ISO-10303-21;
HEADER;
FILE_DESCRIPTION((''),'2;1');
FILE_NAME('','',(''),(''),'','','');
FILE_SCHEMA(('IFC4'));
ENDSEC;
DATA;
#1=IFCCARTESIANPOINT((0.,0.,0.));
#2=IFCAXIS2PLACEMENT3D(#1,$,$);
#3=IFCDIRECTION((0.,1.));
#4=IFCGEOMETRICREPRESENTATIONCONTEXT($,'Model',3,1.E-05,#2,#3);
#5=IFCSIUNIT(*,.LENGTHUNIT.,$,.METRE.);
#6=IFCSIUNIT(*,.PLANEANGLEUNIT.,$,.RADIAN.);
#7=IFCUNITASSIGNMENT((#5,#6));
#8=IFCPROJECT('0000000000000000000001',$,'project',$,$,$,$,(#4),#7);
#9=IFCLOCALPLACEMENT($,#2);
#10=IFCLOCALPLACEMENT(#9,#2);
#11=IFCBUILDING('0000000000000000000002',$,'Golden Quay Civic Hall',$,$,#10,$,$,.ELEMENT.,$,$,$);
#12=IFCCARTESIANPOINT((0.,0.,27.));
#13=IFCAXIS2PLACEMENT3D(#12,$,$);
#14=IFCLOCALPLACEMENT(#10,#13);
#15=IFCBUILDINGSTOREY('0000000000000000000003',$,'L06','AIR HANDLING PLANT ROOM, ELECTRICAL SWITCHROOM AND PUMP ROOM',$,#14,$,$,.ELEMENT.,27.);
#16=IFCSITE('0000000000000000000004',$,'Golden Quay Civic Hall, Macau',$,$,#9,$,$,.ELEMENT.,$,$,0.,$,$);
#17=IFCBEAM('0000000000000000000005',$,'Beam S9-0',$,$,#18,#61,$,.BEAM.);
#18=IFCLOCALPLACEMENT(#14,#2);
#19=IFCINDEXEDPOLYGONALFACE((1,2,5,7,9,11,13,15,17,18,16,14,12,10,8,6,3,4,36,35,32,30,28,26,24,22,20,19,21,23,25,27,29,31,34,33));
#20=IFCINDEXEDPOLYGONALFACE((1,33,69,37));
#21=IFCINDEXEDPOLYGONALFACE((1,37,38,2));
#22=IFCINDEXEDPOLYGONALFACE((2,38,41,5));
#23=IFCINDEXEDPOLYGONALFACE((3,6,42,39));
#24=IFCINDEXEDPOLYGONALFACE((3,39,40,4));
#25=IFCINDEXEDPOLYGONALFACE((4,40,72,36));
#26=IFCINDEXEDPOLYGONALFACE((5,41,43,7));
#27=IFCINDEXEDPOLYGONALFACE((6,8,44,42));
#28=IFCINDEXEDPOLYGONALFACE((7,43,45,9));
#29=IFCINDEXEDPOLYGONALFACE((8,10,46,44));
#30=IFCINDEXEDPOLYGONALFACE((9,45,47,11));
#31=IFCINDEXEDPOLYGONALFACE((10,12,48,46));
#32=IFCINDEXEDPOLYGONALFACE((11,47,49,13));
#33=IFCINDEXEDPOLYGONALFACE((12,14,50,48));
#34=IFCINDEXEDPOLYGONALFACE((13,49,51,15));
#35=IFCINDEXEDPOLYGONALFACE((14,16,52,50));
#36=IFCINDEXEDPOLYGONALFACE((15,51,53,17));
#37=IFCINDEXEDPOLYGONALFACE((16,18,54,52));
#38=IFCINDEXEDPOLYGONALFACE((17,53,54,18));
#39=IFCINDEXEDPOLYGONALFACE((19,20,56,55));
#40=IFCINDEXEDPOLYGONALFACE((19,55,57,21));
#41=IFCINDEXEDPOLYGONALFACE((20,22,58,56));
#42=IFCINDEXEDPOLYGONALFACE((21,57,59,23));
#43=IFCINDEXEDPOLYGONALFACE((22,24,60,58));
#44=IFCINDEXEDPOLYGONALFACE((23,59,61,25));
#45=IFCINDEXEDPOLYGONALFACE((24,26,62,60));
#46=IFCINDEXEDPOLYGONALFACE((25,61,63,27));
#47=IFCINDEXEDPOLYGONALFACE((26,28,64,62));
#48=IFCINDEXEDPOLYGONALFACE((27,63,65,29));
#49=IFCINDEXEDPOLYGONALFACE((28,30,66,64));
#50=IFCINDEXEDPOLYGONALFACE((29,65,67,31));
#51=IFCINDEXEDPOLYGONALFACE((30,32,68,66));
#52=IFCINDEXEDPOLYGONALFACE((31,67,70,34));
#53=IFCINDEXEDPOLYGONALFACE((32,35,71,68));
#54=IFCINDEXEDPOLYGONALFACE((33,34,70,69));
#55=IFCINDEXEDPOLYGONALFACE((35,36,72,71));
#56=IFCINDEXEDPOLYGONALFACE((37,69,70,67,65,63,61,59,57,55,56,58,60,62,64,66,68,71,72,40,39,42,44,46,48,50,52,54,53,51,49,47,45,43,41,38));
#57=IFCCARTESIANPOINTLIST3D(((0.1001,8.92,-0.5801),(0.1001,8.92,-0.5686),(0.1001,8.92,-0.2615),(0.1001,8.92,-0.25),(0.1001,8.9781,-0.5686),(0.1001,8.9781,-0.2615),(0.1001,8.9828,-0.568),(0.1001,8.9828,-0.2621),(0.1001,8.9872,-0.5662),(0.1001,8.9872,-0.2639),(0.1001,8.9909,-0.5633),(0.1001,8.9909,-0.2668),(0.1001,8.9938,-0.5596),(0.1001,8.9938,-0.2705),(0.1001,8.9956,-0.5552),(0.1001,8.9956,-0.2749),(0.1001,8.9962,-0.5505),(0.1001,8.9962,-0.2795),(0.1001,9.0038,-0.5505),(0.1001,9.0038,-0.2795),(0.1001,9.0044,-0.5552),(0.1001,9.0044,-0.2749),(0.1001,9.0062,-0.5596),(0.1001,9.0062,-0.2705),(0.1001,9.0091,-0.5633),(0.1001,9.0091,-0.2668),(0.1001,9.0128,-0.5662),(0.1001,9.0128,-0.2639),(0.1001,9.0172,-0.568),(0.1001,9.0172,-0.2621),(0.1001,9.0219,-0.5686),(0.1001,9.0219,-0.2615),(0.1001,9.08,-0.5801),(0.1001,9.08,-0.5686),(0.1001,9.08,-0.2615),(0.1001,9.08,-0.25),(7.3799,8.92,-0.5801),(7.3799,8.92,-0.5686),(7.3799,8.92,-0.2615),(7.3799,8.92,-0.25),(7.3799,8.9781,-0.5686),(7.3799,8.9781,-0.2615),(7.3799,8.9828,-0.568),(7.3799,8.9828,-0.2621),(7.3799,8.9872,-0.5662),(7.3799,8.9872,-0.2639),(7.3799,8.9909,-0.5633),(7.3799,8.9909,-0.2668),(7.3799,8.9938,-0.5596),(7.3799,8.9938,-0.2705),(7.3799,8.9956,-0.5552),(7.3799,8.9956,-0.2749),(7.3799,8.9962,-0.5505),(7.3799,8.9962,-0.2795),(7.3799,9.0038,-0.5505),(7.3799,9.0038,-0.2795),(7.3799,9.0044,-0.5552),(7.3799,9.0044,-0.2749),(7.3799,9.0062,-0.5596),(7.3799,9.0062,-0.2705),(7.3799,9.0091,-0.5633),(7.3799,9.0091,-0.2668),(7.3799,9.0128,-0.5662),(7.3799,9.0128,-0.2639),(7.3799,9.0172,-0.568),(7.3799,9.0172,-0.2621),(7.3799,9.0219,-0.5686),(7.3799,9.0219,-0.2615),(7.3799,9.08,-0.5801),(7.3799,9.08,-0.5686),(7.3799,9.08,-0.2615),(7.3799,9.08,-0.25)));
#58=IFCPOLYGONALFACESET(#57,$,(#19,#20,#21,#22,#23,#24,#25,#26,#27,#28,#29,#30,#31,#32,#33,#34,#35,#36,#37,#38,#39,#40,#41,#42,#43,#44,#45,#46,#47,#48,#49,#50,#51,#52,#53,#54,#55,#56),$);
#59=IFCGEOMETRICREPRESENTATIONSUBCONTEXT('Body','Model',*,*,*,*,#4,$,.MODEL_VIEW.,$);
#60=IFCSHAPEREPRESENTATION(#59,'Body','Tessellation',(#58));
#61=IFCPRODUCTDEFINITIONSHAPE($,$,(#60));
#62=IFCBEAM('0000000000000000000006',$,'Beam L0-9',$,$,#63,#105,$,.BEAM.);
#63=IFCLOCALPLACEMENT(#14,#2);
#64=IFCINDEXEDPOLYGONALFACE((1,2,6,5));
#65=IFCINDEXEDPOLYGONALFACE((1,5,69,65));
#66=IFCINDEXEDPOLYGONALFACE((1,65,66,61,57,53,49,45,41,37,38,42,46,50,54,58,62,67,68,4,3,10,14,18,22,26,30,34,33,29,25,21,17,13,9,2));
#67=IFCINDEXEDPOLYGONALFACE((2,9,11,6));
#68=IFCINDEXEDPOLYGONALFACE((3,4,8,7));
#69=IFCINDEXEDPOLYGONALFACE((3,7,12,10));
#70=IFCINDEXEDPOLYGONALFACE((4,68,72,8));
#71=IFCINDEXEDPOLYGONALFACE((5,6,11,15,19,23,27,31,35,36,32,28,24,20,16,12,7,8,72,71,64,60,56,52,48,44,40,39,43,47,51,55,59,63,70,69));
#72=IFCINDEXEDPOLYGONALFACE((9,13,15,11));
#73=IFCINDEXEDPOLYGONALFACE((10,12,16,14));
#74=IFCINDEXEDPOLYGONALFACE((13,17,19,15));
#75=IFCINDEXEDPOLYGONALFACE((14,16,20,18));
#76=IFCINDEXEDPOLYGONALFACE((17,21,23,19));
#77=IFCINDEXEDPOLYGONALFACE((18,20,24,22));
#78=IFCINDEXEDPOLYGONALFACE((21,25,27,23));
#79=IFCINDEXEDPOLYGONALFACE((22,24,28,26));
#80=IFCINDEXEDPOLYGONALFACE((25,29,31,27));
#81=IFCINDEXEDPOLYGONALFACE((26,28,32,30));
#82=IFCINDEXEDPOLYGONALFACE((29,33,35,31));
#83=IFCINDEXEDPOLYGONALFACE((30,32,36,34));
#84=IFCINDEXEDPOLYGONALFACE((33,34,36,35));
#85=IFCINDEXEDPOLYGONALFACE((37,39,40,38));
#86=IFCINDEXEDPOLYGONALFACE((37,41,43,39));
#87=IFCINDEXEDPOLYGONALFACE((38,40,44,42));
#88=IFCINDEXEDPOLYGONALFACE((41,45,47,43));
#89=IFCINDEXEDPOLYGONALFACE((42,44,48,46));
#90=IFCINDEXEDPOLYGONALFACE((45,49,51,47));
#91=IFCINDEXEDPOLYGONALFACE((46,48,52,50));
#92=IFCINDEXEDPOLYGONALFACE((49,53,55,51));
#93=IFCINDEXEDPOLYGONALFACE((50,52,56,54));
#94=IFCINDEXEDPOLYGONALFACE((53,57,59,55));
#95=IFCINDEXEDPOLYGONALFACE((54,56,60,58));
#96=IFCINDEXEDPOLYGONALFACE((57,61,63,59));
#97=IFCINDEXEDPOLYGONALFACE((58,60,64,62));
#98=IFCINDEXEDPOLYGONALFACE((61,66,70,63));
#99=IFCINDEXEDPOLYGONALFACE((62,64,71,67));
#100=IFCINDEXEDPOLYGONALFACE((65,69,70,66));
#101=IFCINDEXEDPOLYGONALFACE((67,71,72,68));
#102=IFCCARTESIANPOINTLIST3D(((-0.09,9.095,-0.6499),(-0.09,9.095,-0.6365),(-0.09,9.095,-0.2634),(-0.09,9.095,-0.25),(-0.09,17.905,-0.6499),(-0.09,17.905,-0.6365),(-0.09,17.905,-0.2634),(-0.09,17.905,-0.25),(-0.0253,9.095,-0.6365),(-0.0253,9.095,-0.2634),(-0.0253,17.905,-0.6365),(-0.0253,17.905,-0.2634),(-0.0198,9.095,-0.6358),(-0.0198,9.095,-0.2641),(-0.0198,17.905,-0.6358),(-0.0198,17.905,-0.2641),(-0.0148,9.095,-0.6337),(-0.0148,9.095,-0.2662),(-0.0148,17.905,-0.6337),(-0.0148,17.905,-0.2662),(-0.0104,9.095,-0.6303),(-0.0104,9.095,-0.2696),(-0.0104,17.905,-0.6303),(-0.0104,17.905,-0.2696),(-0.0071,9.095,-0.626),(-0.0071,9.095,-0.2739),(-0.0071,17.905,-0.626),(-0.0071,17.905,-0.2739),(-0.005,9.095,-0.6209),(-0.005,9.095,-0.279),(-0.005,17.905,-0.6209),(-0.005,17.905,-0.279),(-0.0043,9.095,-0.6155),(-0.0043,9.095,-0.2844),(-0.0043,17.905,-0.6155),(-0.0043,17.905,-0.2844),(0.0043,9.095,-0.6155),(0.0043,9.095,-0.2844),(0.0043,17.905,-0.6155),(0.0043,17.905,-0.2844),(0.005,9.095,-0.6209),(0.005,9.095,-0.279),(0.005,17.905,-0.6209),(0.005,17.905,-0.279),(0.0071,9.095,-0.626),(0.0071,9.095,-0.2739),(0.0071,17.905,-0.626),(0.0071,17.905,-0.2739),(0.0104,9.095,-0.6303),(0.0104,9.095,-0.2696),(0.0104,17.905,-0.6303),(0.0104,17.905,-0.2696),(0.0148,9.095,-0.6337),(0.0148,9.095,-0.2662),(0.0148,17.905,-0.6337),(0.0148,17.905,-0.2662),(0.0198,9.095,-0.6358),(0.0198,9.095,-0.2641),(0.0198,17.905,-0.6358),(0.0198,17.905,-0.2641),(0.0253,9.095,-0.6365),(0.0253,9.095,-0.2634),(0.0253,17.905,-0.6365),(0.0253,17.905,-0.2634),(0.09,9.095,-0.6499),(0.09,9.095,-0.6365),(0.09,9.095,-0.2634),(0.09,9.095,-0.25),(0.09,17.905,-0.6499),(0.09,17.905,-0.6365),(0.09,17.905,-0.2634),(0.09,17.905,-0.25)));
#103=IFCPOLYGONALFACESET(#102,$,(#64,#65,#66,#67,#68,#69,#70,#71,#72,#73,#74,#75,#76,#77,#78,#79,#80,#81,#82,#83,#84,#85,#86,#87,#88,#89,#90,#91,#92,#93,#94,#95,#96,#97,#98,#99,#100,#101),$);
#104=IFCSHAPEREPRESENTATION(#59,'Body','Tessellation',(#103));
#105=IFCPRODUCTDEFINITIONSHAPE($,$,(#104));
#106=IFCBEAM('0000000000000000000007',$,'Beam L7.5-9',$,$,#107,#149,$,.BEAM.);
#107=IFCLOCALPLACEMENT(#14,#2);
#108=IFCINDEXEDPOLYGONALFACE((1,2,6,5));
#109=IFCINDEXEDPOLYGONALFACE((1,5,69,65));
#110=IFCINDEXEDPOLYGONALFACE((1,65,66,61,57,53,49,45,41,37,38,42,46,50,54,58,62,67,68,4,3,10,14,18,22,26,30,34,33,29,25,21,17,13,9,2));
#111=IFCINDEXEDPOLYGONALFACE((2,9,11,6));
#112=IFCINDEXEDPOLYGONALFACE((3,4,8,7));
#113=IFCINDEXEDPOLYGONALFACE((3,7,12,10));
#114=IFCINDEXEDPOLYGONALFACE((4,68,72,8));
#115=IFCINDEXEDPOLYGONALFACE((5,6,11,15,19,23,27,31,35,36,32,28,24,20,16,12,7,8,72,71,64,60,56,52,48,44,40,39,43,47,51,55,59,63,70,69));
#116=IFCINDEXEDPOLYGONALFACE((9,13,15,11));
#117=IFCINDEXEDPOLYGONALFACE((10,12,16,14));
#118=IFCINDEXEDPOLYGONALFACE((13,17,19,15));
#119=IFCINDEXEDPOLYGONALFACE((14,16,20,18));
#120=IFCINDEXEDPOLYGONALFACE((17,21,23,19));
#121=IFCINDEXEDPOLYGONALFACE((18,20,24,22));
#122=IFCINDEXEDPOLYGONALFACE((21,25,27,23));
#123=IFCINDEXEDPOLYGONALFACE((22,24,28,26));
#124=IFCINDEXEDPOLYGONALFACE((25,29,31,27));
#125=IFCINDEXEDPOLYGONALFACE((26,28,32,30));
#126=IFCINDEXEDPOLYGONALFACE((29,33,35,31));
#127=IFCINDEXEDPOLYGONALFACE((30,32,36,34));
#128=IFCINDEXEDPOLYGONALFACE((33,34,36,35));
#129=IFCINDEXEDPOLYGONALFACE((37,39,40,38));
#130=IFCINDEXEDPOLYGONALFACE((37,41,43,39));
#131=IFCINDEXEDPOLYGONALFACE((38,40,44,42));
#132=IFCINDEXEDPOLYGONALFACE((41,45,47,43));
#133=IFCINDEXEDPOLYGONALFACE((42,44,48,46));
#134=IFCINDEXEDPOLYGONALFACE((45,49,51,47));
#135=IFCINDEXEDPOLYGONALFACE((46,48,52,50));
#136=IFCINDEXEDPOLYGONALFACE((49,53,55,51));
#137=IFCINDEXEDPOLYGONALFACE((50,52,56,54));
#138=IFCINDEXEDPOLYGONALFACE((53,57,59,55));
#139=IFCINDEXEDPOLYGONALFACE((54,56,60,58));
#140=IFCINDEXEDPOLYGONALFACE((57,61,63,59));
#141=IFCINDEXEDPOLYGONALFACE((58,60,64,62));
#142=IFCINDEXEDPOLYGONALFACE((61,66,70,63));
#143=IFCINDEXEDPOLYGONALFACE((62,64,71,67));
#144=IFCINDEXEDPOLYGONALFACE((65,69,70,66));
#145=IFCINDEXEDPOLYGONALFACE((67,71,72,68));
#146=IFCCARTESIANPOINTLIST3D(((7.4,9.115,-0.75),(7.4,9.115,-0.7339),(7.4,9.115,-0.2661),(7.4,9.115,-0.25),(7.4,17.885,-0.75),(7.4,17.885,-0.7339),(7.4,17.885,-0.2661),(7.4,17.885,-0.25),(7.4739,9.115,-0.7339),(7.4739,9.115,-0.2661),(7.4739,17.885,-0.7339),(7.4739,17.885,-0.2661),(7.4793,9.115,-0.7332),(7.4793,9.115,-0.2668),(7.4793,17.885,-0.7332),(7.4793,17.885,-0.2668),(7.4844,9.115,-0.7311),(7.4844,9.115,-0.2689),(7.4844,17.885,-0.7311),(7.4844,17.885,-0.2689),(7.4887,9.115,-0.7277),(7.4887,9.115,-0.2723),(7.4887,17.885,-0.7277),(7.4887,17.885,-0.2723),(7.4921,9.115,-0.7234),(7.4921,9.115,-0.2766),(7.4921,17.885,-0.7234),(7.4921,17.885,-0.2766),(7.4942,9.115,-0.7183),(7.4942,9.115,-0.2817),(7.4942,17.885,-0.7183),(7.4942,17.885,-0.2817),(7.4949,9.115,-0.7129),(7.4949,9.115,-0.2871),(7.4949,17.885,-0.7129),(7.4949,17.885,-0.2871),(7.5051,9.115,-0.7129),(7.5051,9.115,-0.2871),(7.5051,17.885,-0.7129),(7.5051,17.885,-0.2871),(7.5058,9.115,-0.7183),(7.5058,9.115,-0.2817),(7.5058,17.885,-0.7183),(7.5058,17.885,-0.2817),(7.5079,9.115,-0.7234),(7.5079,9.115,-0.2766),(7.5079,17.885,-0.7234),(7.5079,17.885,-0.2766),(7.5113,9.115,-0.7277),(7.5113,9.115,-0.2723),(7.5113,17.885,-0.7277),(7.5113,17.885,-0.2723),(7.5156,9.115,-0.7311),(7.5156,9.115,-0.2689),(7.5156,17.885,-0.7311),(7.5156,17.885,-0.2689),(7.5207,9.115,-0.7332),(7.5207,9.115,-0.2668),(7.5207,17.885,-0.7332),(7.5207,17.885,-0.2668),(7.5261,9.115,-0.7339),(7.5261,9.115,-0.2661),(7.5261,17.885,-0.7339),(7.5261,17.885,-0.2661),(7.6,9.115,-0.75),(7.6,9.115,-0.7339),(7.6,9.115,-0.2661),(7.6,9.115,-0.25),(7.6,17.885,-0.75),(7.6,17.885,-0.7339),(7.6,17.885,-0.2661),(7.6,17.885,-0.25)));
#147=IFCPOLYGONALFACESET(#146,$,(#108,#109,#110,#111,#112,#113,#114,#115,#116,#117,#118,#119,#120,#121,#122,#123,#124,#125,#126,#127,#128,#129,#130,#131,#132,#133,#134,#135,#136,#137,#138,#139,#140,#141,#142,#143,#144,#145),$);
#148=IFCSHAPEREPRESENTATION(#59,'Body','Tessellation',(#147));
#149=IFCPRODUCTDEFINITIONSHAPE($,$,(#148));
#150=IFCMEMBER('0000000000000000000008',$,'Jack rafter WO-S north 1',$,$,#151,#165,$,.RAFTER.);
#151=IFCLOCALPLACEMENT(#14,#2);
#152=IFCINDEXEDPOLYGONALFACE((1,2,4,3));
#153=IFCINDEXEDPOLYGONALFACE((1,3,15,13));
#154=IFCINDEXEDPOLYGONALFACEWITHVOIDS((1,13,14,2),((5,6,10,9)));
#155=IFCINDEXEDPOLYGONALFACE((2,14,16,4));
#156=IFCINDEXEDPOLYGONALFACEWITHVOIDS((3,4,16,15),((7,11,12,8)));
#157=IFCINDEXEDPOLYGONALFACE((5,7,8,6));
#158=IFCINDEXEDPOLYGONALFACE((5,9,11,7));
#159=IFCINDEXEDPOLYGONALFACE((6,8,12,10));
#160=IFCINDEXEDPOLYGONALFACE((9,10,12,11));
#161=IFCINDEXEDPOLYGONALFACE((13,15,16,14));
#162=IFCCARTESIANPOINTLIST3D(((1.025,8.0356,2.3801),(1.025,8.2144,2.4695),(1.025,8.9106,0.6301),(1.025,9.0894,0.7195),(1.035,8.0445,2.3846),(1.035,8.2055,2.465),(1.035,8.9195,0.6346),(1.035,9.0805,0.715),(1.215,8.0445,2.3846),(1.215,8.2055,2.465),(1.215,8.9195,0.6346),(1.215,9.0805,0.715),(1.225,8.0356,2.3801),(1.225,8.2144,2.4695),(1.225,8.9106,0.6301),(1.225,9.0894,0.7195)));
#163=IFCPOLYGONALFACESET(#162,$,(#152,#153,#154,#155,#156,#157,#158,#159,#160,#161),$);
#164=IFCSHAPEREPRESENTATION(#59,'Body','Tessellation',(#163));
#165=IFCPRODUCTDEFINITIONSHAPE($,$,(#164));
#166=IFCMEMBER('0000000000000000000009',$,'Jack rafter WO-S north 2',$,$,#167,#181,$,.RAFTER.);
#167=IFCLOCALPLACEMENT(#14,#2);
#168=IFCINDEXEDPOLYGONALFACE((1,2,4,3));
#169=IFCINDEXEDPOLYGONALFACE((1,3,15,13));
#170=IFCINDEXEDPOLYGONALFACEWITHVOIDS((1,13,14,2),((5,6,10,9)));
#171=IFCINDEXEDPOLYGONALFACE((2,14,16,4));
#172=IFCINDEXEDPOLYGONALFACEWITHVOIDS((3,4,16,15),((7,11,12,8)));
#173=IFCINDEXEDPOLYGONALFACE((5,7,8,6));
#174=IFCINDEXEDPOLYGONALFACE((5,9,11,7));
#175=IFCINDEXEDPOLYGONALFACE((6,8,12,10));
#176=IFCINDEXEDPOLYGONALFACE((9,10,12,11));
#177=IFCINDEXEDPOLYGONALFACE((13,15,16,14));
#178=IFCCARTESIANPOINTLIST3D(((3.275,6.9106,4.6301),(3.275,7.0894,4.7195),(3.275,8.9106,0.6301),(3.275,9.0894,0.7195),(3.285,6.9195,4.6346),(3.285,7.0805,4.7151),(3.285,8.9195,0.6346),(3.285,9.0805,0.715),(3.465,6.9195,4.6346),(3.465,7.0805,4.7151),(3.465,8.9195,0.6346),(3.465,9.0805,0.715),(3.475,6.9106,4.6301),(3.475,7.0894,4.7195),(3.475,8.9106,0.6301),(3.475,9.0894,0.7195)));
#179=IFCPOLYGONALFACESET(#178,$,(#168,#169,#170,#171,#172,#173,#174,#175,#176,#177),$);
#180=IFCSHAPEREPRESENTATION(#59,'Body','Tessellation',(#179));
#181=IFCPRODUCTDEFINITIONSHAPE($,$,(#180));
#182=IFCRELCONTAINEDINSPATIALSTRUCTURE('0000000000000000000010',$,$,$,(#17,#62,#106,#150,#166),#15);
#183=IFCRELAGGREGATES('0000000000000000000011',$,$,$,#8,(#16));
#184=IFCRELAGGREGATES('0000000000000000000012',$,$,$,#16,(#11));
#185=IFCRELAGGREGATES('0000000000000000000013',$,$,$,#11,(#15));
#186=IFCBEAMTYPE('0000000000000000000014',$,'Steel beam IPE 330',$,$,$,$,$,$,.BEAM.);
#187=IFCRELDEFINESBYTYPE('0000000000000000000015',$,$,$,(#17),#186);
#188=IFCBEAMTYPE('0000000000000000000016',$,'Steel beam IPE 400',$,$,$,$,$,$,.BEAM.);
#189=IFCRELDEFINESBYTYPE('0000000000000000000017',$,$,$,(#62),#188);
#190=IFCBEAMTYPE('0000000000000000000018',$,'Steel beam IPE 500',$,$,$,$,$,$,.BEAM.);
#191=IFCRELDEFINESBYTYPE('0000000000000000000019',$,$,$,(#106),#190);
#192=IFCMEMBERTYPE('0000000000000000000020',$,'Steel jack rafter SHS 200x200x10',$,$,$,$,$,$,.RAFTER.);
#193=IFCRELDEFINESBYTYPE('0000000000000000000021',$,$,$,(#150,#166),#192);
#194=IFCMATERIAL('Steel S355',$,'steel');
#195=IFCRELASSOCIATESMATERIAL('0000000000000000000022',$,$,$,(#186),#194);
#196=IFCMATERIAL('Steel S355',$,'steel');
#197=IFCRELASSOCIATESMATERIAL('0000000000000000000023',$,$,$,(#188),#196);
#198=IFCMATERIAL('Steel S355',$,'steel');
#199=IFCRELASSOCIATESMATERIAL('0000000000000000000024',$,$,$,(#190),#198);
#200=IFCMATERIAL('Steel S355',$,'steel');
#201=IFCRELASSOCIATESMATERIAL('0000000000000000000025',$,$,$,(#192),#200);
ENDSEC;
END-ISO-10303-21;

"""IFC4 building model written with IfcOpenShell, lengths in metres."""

from ifc_helpers import new_model, si_unit, direction, frame, origin, origin_2d, place, context, subcontext, project, spatial, hollow_rectangle, i_section, extrude, material, material_profile, profile_set, type_object, element, save


model = new_model("IFC4")

# Units and contexts
model_context = context("Model", 3, precision=1e-05, world=origin(), true_north=direction((0.0, 1.0)))
body_context = subcontext(model_context, "Body", "Model", "MODEL_VIEW")
ifc_project = project(units=[si_unit("LENGTHUNIT", "METRE"), si_unit("PLANEANGLEUNIT", "RADIAN")], contexts=[model_context])

# Site, building, storey
site_placement = place(None, origin())
site = spatial("IfcSite", under=ifc_project, at=site_placement, Name="Golden Quay Civic Hall, Macau", CompositionType="ELEMENT", RefElevation=0.0)
building_placement = place(site_placement, origin())
building = spatial("IfcBuilding", under=site, at=building_placement, Name="Golden Quay Civic Hall", CompositionType="ELEMENT")
storey_placement = place(building_placement, frame((0.0, 0.0, 27.0)))
storey = spatial("IfcBuildingStorey", under=building, at=storey_placement, Name="L06", Description="AIR HANDLING PLANT ROOM, ELECTRICAL SWITCHROOM AND PUMP ROOM", CompositionType="ELEMENT", Elevation=27.0)

# Beams
ifc_material_1 = material(Name="Steel S355", Category="steel")
ifc_material_profile_1 = material_profile(ifc_material_1, i_section(OverallWidth=0.1599, OverallDepth=0.3301, WebThickness=0.0076, FlangeThickness=0.0115, FilletRadius=0.0181, at=origin_2d()), Name="IPE 330")
ifc_profile_set_1 = profile_set([ifc_material_profile_1], Name="Steel S355")
beam_type_1 = type_object("IfcBeamType", Name="Steel beam IPE 330", PredefinedType="BEAM", material=ifc_profile_set_1)
beam_1_placement = place(storey_placement, frame((0.1001, 9.0, -0.415), z_axis=(1.0, 0.0, 0.0), x_axis=(0.0, 1.0, 0.0)))
element("IfcBeam", 1, at=beam_1_placement, inside=storey, type_object=beam_type_1, Name="Beam S9-0", PredefinedType="BEAM", context=body_context, shape_type="SweptSolid", body=[
    extrude(i_section(OverallWidth=0.1599, OverallDepth=0.3301, WebThickness=0.0076, FlangeThickness=0.0115, FilletRadius=0.0181, at=origin_2d()), origin(), (0.0, 0.0, 1.0), 7.2798),
])
ifc_material_2 = material(Name="Steel S355", Category="steel")
ifc_material_profile_2 = material_profile(ifc_material_2, i_section(OverallWidth=0.1799, OverallDepth=0.3999, WebThickness=0.0085, FlangeThickness=0.0134, FilletRadius=0.021, at=origin_2d()), Name="IPE 400")
ifc_profile_set_2 = profile_set([ifc_material_profile_2], Name="Steel S355")
beam_type_2 = type_object("IfcBeamType", Name="Steel beam IPE 400", PredefinedType="BEAM", material=ifc_profile_set_2)
beam_2_placement = place(storey_placement, frame((0.0, 9.095, -0.45), z_axis=(0.0, 1.0, 0.0), x_axis=(-1.0, 0.0, 0.0)))
element("IfcBeam", 2, at=beam_2_placement, inside=storey, type_object=beam_type_2, Name="Beam L0-9", PredefinedType="BEAM", context=body_context, shape_type="SweptSolid", body=[
    extrude(i_section(OverallWidth=0.1799, OverallDepth=0.3999, WebThickness=0.0085, FlangeThickness=0.0134, FilletRadius=0.021, at=origin_2d()), origin(), (0.0, 0.0, 1.0), 8.8101),
])
ifc_material_3 = material(Name="Steel S355", Category="steel")
ifc_material_profile_3 = material_profile(ifc_material_3, i_section(OverallWidth=0.2, OverallDepth=0.5, WebThickness=0.0103, FlangeThickness=0.0161, FilletRadius=0.021, at=origin_2d()), Name="IPE 500")
ifc_profile_set_3 = profile_set([ifc_material_profile_3], Name="Steel S355")
beam_type_3 = type_object("IfcBeamType", Name="Steel beam IPE 500", PredefinedType="BEAM", material=ifc_profile_set_3)
beam_3_placement = place(storey_placement, frame((7.5, 9.115, -0.5), z_axis=(0.0, 1.0, 0.0), x_axis=(-1.0, 0.0, 0.0)))
element("IfcBeam", 3, at=beam_3_placement, inside=storey, type_object=beam_type_3, Name="Beam L7.5-9", PredefinedType="BEAM", context=body_context, shape_type="SweptSolid", body=[
    extrude(i_section(OverallWidth=0.2, OverallDepth=0.5, WebThickness=0.0103, FlangeThickness=0.0161, FilletRadius=0.021, at=origin_2d()), origin(), (0.0, 0.0, 1.0), 8.77),
])

# Members
ifc_material_4 = material(Name="Steel S355", Category="steel")
ifc_material_profile_4 = material_profile(ifc_material_4, hollow_rectangle(XDim=0.2, YDim=0.2, WallThickness=0.01, at=origin_2d()), Name="SHS 200x200x10")
ifc_profile_set_4 = profile_set([ifc_material_profile_4], Name="Steel S355")
member_type_1 = type_object("IfcMemberType", Name="Steel jack rafter SHS 200x200x10", PredefinedType="RAFTER", material=ifc_profile_set_4)
member_1_placement = place(storey_placement, frame((1.125, 9.0, 0.6748), z_axis=(0.0, -0.447214, 0.894427), x_axis=(1.0, 0.0, 0.0)))
element("IfcMember", 4, at=member_1_placement, inside=storey, type_object=member_type_1, Name="Jack rafter WO-S north 1", PredefinedType="RAFTER", context=body_context, shape_type="SweptSolid", body=[
    extrude(hollow_rectangle(XDim=0.2, YDim=0.2, WallThickness=0.01, at=origin_2d()), origin(), (0.0, 0.0, 1.0), 1.9565),
])
for number, where, z_axis, x_axis, name in (
    (5, (3.375, 9.0, 0.6748), (0.0, -0.447214, 0.894427), (1.0, 0.0, 0.0), "Jack rafter WO-S north 2"),
):
    element("IfcMember", number, at=place(storey_placement, frame(where, z_axis=z_axis, x_axis=x_axis)), inside=storey, type_object=member_type_1, Name=name, PredefinedType="RAFTER", context=body_context, shape_type="SweptSolid", body=[
        extrude(hollow_rectangle(XDim=0.2, YDim=0.2, WallThickness=0.01, at=origin_2d()), origin(), (0.0, 0.0, 1.0), 4.4722),
    ])

save(model, "model.ifc")
